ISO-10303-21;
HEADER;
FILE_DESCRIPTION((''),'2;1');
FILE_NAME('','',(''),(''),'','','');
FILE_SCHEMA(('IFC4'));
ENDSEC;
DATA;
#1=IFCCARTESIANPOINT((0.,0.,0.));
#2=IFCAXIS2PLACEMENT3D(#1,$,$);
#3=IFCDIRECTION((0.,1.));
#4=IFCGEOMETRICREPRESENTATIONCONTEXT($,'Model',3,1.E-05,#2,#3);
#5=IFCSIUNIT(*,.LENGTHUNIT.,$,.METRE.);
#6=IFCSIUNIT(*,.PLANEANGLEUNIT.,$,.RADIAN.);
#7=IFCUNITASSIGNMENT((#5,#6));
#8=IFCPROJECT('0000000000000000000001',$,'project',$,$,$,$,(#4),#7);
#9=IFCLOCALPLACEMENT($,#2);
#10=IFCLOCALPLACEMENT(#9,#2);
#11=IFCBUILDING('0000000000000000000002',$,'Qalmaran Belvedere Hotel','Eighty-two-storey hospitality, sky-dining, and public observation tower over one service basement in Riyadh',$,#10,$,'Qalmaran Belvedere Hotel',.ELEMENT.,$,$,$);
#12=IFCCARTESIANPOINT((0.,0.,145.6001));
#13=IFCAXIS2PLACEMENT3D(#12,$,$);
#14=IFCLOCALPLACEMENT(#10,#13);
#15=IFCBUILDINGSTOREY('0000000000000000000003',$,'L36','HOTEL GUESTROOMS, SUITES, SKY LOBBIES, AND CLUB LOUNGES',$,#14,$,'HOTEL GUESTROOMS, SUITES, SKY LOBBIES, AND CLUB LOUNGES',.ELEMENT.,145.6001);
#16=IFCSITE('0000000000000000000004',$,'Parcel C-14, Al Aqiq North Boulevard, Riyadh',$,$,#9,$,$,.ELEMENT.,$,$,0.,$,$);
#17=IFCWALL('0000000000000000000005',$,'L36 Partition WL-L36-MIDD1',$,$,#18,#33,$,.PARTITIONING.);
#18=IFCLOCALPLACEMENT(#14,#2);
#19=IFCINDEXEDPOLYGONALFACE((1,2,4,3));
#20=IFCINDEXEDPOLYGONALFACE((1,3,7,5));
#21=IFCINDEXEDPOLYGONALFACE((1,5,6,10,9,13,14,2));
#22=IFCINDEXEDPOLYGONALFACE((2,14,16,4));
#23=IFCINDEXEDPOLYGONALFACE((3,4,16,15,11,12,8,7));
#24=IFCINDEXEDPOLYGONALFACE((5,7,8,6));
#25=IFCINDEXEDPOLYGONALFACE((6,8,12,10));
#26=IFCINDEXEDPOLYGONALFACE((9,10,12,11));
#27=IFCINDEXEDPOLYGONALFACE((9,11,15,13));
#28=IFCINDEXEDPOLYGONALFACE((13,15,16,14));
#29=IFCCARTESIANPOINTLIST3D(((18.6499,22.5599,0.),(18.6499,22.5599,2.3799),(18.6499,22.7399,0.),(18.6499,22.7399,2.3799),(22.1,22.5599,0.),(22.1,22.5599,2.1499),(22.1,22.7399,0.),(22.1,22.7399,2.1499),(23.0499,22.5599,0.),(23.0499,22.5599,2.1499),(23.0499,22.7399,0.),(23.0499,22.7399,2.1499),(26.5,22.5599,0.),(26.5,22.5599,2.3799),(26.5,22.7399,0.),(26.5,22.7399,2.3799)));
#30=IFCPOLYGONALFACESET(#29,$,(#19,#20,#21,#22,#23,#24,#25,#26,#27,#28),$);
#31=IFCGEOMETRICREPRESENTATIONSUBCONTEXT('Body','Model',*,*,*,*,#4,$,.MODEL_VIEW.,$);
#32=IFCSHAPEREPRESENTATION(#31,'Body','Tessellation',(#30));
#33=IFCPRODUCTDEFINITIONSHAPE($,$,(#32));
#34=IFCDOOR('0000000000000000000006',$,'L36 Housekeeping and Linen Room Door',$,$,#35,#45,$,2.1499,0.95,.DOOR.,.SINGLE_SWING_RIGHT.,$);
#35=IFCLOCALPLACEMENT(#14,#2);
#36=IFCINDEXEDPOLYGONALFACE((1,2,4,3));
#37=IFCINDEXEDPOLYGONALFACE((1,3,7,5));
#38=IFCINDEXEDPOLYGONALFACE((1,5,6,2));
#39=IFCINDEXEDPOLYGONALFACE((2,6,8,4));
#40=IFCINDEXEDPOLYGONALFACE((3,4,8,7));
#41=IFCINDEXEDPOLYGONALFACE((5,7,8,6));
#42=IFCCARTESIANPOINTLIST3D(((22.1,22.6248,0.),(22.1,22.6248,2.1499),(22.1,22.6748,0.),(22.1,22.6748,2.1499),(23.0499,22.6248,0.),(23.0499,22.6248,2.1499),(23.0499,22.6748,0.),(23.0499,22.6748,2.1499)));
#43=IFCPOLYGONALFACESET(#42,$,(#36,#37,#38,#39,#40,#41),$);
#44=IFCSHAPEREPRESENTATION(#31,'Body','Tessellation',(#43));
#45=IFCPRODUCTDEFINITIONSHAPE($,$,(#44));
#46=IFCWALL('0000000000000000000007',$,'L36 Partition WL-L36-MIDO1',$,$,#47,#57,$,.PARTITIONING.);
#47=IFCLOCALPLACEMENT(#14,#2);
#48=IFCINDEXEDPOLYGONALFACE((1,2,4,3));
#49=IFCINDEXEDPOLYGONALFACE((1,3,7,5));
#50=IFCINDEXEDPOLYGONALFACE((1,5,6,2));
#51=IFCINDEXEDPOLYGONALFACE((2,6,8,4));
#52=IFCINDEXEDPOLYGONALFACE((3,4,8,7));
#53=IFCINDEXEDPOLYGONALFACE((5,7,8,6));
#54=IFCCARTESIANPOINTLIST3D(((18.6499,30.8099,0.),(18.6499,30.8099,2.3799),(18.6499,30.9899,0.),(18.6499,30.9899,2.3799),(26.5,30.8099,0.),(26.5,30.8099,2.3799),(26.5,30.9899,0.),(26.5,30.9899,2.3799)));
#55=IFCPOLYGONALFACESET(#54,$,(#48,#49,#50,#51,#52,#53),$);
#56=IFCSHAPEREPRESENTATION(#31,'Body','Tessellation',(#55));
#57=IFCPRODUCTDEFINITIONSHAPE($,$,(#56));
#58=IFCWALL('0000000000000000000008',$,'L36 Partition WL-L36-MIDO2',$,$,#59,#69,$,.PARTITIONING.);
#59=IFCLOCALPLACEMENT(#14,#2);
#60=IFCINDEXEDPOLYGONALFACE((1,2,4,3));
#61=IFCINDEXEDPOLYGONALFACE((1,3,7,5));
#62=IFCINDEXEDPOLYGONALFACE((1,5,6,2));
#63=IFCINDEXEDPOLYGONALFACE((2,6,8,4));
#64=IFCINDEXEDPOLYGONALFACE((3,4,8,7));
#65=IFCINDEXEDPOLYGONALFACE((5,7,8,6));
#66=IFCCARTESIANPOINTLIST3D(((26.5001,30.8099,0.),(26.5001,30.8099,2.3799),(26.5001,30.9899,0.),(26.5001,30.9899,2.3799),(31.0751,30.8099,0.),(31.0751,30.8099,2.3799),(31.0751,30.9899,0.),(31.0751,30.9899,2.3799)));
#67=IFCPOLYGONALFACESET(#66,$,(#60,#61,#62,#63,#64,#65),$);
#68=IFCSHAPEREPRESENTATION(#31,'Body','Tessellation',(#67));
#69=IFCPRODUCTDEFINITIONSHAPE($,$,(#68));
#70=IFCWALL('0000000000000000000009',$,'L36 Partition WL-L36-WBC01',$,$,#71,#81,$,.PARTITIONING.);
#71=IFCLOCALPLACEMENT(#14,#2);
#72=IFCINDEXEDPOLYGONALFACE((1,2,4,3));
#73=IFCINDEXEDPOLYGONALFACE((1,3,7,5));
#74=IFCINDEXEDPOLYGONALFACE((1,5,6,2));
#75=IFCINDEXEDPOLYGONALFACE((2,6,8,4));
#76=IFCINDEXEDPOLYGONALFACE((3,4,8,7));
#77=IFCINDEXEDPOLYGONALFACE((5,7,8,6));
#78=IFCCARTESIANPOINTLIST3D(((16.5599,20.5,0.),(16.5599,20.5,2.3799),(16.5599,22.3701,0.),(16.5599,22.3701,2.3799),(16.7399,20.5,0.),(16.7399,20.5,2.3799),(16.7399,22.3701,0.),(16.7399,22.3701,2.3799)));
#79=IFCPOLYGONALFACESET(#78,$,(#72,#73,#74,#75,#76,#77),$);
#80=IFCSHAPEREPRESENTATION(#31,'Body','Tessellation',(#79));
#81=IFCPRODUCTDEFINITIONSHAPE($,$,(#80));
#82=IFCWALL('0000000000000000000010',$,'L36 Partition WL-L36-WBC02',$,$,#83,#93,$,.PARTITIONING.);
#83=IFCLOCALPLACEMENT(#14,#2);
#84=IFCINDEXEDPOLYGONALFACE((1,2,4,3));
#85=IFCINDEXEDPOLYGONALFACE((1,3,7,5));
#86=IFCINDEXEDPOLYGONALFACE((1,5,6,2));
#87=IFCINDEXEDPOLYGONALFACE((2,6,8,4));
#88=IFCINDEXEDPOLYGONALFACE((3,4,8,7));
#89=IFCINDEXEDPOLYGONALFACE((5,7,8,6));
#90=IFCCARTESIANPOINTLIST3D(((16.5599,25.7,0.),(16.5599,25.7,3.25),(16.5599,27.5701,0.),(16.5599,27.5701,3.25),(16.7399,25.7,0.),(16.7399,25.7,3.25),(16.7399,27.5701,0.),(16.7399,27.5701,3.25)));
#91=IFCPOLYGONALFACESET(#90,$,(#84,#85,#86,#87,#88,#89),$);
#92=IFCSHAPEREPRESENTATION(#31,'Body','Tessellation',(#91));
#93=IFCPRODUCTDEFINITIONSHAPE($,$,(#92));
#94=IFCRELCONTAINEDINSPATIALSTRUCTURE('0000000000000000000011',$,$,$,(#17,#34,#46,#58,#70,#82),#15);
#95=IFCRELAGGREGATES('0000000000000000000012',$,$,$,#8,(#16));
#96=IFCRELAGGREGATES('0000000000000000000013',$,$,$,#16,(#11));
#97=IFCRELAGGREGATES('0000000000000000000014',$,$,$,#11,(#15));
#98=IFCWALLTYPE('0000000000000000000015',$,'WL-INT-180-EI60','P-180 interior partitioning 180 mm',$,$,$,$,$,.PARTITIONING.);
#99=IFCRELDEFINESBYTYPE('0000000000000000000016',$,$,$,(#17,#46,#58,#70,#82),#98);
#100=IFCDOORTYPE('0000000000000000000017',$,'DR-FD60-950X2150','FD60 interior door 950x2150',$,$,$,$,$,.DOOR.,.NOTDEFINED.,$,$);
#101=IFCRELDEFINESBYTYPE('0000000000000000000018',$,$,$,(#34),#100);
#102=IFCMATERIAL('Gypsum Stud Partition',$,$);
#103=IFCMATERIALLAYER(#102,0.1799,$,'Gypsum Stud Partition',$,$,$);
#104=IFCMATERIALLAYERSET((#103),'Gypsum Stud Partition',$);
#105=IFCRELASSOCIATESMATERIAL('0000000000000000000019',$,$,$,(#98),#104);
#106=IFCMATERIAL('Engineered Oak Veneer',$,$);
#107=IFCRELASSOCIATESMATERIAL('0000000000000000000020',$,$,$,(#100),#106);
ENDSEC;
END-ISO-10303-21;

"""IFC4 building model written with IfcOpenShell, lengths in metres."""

from ifc_helpers import new_model, si_unit, direction, frame, frame_2d, origin, place, context, subcontext, project, spatial, rectangle, extrude, material, layer, layer_set, type_object, element, fill, save


model = new_model("IFC4")

# Units and contexts
model_context = context("Model", 3, precision=1e-05, world=origin(), true_north=direction((0.0, 1.0)))
body_context = subcontext(model_context, "Body", "Model", "MODEL_VIEW")
ifc_project = project(units=[si_unit("LENGTHUNIT", "METRE"), si_unit("PLANEANGLEUNIT", "RADIAN")], contexts=[model_context])

# Site, building, storey
site_placement = place(None, origin())
site = spatial("IfcSite", under=ifc_project, at=site_placement, Name="Parcel C-14, Al Aqiq North Boulevard, Riyadh", CompositionType="ELEMENT", RefElevation=0.0)
building_placement = place(site_placement, origin())
building = spatial("IfcBuilding", under=site, at=building_placement, Name="Qalmaran Belvedere Hotel", Description="Eighty-two-storey hospitality, sky-dining, and public observation tower over one service basement in Riyadh", LongName="Qalmaran Belvedere Hotel", CompositionType="ELEMENT")
storey_placement = place(building_placement, frame((0.0, 0.0, 145.6001)))
storey = spatial("IfcBuildingStorey", under=building, at=storey_placement, Name="L36", Description="HOTEL GUESTROOMS, SUITES, SKY LOBBIES, AND CLUB LOUNGES", LongName="HOTEL GUESTROOMS, SUITES, SKY LOBBIES, AND CLUB LOUNGES", CompositionType="ELEMENT", Elevation=145.6001)

# Shared definitions
ifc_material_1 = material(Name="Gypsum Stud Partition")

# Wall, opening, door
ifc_layer_1 = layer(ifc_material_1, 0.1799, Name="Gypsum Stud Partition")
ifc_layer_set_1 = layer_set([ifc_layer_1], Name="Gypsum Stud Partition")
wall_type_1 = type_object("IfcWallType", Name="WL-INT-180-EI60", Description="P-180 interior partitioning 180 mm", PredefinedType="PARTITIONING", material=ifc_layer_set_1)
wall_1_placement = place(storey_placement, frame((18.6499, 22.6499, 0.0), z_axis=(0.0, 0.0, 1.0), x_axis=(1.0, 0.0, 0.0)))
wall_1 = element("IfcWall", 1, at=wall_1_placement, inside=storey, type_object=wall_type_1, Name="L36 Partition WL-L36-MIDD1", PredefinedType="PARTITIONING", context=body_context, shape_type="SweptSolid", body=[
    extrude(rectangle(XDim=7.8501, YDim=0.1799, at=frame_2d((3.925, 0.0))), origin(), (0.0, 0.0, 1.0), 2.3799),
])
opening_1_placement = place(wall_1_placement, frame((3.45, 0.0, 0.0)))
opening_1 = element("IfcOpeningElement", 2, at=opening_1_placement, cuts=wall_1, PredefinedType="OPENING", context=body_context, shape_type="SweptSolid", body=[
    extrude(rectangle(XDim=0.95, YDim=2.1499, at=frame_2d((0.4751, 1.075))), frame((0.0, 0.1001, 0.0), z_axis=(0.0, -1.0, 0.0), x_axis=(1.0, 0.0, 0.0)), (0.0, 0.0, 1.0), 0.2),
])
ifc_material_2 = material(Name="Engineered Oak Veneer")
door_type_1 = type_object("IfcDoorType", Name="DR-FD60-950X2150", Description="FD60 interior door 950x2150", OperationType="NOTDEFINED", PredefinedType="DOOR", material=ifc_material_2)
door_1_placement = place(opening_1_placement, origin())
door_1 = element("IfcDoor", 3, at=door_1_placement, inside=storey, type_object=door_type_1, Name="L36 Housekeeping and Linen Room Door", OperationType="SINGLE_SWING_RIGHT", OverallHeight=2.1499, OverallWidth=0.95, PredefinedType="DOOR", context=body_context, shape_type="SweptSolid", body=[
    extrude(rectangle(XDim=0.95, YDim=2.1499, at=frame_2d((0.4751, 1.075))), frame((0.0, 0.0249, 0.0), z_axis=(0.0, -1.0, 0.0), x_axis=(1.0, 0.0, 0.0)), (0.0, 0.0, 1.0), 0.05),
])
fill(opening_1, door_1)

# Wall
wall_2_placement = place(storey_placement, frame((18.6499, 30.8999, 0.0), z_axis=(0.0, 0.0, 1.0), x_axis=(1.0, 0.0, 0.0)))
element("IfcWall", 4, at=wall_2_placement, inside=storey, type_object=wall_type_1, Name="L36 Partition WL-L36-MIDO1", PredefinedType="PARTITIONING", context=body_context, shape_type="SweptSolid", body=[
    extrude(rectangle(XDim=7.8501, YDim=0.1799, at=frame_2d((3.925, 0.0))), origin(), (0.0, 0.0, 1.0), 2.3799),
])

# Walls
wall_3_placement = place(storey_placement, frame((26.5, 30.8999, 0.0), z_axis=(0.0, 0.0, 1.0), x_axis=(1.0, 0.0, 0.0)))
element("IfcWall", 5, at=wall_3_placement, inside=storey, type_object=wall_type_1, Name="L36 Partition WL-L36-MIDO2", PredefinedType="PARTITIONING", context=body_context, shape_type="SweptSolid", body=[
    extrude(rectangle(XDim=4.575, YDim=0.1799, at=frame_2d((2.2876, 0.0))), origin(), (0.0, 0.0, 1.0), 2.3799),
])
wall_4_placement = place(storey_placement, frame((16.6499, 20.5, 0.0), z_axis=(0.0, 0.0, 1.0), x_axis=(0.0, 1.0, 0.0)))
element("IfcWall", 6, at=wall_4_placement, inside=storey, type_object=wall_type_1, Name="L36 Partition WL-L36-WBC01", PredefinedType="PARTITIONING", context=body_context, shape_type="SweptSolid", body=[
    extrude(rectangle(XDim=1.8701, YDim=0.1799, at=frame_2d((0.9351, 0.0))), origin(), (0.0, 0.0, 1.0), 2.3799),
])

# Wall
wall_5_placement = place(storey_placement, frame((16.6499, 25.7, 0.0), z_axis=(0.0, 0.0, 1.0), x_axis=(0.0, 1.0, 0.0)))
element("IfcWall", 7, at=wall_5_placement, inside=storey, type_object=wall_type_1, Name="L36 Partition WL-L36-WBC02", PredefinedType="PARTITIONING", context=body_context, shape_type="SweptSolid", body=[
    extrude(rectangle(XDim=1.8701, YDim=0.1799, at=frame_2d((0.9351, 0.0))), origin(), (0.0, 0.0, 1.0), 3.25),
])

save(model, "model.ifc")
